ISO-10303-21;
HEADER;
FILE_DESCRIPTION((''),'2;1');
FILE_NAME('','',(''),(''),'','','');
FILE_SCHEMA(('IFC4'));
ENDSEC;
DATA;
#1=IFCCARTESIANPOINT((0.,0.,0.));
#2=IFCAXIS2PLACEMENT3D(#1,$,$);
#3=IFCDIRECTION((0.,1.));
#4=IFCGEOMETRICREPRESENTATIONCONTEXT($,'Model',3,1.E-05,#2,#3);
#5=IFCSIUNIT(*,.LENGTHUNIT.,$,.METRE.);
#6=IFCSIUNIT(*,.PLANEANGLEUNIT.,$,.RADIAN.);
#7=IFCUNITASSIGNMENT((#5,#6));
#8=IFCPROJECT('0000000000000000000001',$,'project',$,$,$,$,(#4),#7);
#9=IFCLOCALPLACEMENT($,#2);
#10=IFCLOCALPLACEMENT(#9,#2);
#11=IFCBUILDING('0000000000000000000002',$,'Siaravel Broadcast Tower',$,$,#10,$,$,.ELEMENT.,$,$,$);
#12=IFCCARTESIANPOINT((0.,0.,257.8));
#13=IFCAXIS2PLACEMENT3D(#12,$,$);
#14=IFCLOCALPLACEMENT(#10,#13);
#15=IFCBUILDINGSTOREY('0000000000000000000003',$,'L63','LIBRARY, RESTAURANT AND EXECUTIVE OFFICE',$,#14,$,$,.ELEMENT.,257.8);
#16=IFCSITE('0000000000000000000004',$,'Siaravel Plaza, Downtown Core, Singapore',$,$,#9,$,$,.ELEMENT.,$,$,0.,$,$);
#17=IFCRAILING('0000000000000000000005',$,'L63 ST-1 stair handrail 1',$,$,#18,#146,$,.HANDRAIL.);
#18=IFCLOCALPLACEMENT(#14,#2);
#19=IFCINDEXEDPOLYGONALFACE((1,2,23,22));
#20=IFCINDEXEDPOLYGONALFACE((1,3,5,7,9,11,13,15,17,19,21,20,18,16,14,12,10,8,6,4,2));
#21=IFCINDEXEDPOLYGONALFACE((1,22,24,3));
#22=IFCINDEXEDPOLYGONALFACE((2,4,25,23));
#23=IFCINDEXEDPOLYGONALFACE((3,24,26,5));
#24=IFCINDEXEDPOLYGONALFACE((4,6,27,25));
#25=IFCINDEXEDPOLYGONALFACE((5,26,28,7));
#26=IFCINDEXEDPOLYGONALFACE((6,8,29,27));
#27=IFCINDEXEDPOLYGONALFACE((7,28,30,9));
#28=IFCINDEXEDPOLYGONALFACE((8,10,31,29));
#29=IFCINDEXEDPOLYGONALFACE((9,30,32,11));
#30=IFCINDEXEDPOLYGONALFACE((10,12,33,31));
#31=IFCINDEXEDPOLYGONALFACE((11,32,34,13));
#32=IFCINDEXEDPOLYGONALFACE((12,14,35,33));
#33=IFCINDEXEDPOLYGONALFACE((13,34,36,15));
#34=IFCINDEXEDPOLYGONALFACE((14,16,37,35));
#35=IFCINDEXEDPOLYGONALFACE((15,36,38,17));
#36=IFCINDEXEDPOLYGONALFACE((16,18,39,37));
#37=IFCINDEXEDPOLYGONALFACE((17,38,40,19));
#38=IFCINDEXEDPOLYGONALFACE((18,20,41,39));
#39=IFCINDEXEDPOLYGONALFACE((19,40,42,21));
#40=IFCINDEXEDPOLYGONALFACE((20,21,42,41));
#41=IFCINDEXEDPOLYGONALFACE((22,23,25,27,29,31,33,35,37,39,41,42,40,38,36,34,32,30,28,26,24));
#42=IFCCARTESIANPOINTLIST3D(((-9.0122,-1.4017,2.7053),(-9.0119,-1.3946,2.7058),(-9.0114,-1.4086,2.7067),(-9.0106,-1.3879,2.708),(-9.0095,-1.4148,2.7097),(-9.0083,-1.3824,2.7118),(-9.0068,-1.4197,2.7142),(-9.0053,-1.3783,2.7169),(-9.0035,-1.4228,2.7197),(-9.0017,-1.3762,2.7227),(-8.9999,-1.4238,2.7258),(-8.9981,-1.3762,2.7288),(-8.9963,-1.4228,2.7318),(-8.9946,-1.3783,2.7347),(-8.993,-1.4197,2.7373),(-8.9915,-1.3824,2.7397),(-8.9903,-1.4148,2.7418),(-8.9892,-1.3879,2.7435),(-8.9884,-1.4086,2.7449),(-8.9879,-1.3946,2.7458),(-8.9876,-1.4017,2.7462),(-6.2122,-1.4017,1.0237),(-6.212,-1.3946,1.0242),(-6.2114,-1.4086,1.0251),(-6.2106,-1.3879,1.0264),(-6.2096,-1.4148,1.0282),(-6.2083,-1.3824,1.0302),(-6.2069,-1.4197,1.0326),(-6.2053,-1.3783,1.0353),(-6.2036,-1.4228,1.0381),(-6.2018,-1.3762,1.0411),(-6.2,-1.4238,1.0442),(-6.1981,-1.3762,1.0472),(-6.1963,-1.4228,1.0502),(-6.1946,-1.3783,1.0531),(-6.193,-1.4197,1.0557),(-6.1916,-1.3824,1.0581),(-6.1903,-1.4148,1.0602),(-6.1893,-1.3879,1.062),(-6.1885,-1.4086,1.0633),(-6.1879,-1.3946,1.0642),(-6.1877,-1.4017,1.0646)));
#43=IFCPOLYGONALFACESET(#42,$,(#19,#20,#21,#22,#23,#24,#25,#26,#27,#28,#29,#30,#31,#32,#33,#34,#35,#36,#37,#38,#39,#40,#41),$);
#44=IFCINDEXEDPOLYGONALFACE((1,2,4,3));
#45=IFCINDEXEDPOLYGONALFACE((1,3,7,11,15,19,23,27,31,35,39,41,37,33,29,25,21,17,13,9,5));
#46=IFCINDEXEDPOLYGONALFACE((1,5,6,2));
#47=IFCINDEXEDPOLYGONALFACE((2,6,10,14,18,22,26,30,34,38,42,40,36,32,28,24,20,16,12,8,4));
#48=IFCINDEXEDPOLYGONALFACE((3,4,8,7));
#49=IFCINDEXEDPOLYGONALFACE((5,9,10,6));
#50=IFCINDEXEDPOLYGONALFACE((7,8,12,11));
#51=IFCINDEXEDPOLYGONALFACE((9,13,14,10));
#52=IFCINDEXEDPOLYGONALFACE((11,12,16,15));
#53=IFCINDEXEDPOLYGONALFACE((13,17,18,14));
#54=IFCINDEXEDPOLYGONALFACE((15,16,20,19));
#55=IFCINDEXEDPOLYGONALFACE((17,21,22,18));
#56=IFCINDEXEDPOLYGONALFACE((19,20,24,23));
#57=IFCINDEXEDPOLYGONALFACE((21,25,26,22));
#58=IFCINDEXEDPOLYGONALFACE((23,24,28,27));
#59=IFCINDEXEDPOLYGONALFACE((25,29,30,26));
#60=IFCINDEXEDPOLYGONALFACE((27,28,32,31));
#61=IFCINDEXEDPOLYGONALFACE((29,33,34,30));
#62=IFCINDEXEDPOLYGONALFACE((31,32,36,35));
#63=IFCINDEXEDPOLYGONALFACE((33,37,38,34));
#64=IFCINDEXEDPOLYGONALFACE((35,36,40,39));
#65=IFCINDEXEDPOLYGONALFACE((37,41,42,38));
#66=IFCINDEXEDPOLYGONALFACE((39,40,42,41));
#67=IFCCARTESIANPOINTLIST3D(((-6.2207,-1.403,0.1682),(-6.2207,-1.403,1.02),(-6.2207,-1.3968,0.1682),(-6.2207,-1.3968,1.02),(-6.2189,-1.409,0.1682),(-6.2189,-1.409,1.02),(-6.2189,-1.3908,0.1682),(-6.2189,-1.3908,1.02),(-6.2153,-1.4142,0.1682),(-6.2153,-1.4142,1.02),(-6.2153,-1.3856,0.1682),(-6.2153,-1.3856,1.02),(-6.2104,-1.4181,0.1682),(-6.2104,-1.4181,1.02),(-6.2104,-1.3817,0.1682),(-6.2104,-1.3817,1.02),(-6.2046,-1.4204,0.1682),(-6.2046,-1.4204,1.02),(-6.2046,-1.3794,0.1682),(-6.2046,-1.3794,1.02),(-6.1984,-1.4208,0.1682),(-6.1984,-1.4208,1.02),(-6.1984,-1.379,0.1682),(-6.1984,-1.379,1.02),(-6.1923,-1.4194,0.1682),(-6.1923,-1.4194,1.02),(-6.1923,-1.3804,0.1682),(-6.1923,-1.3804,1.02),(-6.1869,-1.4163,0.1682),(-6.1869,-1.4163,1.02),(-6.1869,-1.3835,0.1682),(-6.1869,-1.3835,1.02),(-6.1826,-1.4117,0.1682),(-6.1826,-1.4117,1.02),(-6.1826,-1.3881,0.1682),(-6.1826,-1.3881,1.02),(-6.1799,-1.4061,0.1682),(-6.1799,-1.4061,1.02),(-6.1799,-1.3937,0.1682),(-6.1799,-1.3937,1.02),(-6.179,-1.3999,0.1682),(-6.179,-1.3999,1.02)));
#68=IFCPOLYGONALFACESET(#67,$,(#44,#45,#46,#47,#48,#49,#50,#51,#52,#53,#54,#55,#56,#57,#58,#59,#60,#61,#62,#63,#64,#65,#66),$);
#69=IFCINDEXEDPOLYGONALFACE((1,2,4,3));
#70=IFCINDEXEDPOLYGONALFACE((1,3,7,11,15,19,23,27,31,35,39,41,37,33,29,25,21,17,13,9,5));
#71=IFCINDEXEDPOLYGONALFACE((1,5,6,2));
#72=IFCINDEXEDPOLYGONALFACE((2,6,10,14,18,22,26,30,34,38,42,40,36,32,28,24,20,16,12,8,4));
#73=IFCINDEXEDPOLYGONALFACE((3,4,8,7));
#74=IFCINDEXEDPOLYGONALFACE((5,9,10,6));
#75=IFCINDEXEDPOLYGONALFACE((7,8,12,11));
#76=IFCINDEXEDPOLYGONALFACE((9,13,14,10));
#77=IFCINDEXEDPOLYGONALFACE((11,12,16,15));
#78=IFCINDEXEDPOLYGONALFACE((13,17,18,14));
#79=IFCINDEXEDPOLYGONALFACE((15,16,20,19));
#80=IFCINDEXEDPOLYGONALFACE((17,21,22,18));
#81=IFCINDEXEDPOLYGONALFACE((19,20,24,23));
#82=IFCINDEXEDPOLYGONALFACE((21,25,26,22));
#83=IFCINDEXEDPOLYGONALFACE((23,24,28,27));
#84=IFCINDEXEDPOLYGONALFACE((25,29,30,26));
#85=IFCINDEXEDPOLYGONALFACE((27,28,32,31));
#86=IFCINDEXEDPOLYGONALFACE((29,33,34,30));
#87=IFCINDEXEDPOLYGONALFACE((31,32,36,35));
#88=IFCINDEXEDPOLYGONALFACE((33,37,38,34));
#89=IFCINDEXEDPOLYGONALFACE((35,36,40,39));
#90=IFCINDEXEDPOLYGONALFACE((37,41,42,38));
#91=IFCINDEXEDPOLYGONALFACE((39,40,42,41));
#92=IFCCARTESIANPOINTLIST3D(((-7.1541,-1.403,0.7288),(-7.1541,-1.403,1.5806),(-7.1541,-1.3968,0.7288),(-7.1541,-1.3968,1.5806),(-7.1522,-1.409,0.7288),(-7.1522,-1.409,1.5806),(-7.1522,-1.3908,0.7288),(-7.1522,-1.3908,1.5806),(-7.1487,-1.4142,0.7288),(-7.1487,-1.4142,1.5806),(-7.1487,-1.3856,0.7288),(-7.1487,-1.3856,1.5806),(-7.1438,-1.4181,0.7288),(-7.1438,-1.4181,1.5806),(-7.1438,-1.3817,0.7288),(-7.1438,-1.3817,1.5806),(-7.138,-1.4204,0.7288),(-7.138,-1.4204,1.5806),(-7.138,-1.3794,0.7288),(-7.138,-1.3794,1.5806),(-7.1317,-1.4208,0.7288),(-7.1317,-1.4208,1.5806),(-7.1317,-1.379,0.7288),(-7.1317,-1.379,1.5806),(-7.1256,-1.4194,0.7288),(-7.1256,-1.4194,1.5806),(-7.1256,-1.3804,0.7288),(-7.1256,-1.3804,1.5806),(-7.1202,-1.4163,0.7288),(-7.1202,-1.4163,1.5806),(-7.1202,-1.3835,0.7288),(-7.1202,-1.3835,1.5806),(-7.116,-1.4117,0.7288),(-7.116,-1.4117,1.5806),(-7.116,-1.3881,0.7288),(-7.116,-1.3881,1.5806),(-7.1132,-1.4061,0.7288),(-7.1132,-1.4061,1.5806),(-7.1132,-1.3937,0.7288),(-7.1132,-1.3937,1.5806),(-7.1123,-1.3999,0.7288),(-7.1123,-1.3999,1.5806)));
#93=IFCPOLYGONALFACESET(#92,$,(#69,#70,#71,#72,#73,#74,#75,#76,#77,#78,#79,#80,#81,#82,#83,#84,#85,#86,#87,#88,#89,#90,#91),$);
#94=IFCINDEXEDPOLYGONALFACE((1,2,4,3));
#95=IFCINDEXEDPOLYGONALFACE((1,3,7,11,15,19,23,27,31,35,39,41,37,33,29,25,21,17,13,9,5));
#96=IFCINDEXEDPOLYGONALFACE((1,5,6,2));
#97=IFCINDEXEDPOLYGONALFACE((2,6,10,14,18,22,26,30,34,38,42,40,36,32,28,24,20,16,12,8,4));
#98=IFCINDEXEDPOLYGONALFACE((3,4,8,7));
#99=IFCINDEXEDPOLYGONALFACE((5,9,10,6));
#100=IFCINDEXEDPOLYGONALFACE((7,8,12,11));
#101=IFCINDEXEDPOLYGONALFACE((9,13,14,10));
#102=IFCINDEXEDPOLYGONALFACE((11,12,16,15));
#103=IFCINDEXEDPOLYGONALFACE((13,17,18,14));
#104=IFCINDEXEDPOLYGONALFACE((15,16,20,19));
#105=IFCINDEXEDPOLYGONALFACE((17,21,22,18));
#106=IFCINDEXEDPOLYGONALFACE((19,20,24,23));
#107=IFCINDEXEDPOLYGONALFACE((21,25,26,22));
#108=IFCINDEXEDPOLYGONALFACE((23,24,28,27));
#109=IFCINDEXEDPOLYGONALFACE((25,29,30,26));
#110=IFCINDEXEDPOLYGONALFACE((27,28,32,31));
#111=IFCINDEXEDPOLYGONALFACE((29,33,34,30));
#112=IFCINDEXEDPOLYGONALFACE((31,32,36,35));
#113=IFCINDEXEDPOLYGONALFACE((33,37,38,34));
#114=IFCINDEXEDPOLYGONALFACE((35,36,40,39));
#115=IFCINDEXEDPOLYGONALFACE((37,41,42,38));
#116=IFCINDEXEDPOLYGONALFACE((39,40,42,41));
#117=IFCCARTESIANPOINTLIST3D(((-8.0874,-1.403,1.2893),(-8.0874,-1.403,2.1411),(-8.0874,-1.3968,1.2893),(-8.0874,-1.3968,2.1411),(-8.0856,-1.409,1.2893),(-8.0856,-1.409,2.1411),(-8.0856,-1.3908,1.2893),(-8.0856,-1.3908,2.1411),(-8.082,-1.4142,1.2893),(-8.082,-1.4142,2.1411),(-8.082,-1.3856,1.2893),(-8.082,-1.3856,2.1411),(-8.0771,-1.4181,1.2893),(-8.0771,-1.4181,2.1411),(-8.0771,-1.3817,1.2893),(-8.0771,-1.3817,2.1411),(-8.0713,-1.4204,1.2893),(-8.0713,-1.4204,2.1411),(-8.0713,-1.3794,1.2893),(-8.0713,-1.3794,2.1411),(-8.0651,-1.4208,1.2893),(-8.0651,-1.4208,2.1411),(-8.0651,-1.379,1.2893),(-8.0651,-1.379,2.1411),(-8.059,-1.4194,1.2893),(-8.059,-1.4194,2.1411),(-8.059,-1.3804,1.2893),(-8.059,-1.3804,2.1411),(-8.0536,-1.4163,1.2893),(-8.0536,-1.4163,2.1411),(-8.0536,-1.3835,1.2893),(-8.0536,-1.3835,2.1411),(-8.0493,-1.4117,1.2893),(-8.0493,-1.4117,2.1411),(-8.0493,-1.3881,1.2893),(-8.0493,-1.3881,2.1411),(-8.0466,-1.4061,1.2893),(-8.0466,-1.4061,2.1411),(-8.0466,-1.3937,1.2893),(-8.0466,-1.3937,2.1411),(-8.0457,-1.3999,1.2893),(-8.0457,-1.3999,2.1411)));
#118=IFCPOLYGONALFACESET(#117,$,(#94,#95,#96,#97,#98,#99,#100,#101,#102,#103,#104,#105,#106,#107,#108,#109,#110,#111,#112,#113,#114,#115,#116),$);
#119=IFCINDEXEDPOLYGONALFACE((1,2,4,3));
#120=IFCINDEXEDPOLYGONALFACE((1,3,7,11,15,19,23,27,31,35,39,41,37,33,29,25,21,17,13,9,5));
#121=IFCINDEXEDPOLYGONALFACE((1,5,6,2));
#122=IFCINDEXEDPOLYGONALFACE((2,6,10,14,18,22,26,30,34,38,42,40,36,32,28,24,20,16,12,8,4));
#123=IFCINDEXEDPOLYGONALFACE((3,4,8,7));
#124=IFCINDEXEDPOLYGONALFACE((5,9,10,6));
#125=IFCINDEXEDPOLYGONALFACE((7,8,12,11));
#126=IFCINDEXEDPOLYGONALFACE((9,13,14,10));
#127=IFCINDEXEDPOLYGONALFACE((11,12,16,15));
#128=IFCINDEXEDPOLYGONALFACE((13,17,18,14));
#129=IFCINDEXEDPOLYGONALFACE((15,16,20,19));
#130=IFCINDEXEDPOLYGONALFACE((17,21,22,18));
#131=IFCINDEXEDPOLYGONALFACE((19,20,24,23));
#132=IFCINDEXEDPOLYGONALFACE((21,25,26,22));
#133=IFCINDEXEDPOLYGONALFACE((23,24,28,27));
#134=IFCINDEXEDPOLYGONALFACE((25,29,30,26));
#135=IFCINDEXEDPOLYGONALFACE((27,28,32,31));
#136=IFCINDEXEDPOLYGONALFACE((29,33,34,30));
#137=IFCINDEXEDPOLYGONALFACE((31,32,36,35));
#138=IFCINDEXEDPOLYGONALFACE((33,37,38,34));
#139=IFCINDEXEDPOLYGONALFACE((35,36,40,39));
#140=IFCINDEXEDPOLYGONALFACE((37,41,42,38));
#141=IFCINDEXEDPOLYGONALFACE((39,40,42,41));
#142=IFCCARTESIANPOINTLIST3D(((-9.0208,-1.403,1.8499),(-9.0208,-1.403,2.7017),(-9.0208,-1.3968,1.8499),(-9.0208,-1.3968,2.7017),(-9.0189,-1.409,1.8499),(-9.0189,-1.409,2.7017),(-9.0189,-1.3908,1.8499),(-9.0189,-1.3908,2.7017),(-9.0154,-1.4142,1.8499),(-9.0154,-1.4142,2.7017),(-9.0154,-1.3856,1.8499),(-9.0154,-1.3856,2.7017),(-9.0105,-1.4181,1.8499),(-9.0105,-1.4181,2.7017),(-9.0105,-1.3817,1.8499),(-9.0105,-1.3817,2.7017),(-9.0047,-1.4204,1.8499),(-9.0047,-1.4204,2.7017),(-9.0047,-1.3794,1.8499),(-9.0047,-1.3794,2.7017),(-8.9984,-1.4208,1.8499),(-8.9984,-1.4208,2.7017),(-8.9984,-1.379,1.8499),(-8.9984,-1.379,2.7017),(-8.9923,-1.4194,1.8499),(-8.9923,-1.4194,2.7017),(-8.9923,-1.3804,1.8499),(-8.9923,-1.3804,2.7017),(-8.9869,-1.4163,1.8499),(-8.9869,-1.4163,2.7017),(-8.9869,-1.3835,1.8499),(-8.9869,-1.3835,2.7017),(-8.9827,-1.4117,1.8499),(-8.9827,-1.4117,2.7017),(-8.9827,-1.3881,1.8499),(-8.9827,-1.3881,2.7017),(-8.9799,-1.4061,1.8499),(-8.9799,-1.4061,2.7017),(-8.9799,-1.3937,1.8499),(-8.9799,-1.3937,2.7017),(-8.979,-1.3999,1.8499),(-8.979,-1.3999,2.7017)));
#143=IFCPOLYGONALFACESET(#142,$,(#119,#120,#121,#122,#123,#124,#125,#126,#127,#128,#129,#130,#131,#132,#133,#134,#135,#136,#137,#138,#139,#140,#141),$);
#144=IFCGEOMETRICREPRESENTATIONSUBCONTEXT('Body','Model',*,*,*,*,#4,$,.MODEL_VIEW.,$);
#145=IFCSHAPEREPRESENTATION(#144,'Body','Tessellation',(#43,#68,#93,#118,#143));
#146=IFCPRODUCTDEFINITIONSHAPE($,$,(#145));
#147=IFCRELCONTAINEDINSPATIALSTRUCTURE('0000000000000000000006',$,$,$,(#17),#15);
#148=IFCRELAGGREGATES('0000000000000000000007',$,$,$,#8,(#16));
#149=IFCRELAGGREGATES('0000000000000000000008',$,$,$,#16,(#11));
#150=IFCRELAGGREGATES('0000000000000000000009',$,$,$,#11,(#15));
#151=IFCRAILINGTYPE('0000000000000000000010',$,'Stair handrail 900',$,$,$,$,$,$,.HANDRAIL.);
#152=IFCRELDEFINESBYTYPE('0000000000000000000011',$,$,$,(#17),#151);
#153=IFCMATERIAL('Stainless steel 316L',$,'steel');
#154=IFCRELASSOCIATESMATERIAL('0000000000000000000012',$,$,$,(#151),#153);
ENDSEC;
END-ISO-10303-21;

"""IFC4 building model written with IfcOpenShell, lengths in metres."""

from ifc_helpers import new_model, si_unit, direction, frame, origin, origin_2d, place, context, subcontext, project, spatial, circle, extrude, material, type_object, element, save


model = new_model("IFC4")

# Units and contexts
model_context = context("Model", 3, precision=1e-05, world=origin(), true_north=direction((0.0, 1.0)))
body_context = subcontext(model_context, "Body", "Model", "MODEL_VIEW")
ifc_project = project(units=[si_unit("LENGTHUNIT", "METRE"), si_unit("PLANEANGLEUNIT", "RADIAN")], contexts=[model_context])

# Site, building, storey
site_placement = place(None, origin())
site = spatial("IfcSite", under=ifc_project, at=site_placement, Name="Siaravel Plaza, Downtown Core, Singapore", CompositionType="ELEMENT", RefElevation=0.0)
building_placement = place(site_placement, origin())
building = spatial("IfcBuilding", under=site, at=building_placement, Name="Siaravel Broadcast Tower", CompositionType="ELEMENT")
storey_placement = place(building_placement, frame((0.0, 0.0, 257.8)))
storey = spatial("IfcBuildingStorey", under=building, at=storey_placement, Name="L63", Description="LIBRARY, RESTAURANT AND EXECUTIVE OFFICE", CompositionType="ELEMENT", Elevation=257.8)

# Shared definitions
ifc_material_1 = material(Name="Stainless steel 316L", Category="steel")

# Railing
railing_type_1 = type_object("IfcRailingType", Name="Stair handrail 900", PredefinedType="HANDRAIL", material=ifc_material_1)
railing_1_placement = place(storey_placement, frame((-6.2, -1.3999, 0.1682)))
element("IfcRailing", 1, at=railing_1_placement, inside=storey, type_object=railing_type_1, Name="L63 ST-1 stair handrail 1", PredefinedType="HANDRAIL", context=body_context, shape_type="SweptSolid", body=[
    extrude(circle(Radius=0.0239, at=origin_2d()), frame((0.0, 0.0, 0.876), z_axis=(-0.857275, 0.0, 0.514858), x_axis=(0.0, -1.0, 0.0)), (0.0, 0.0, 1.0), 3.2661),
    extrude(circle(Radius=0.021, at=origin_2d()), origin(), (0.0, 0.0, 1.0), 0.8518),
    extrude(circle(Radius=0.021, at=origin_2d()), frame((-0.9333, 0.0, 0.5605)), (0.0, 0.0, 1.0), 0.8518),
    extrude(circle(Radius=0.021, at=origin_2d()), frame((-1.8667, 0.0, 1.1211)), (0.0, 0.0, 1.0), 0.8518),
    extrude(circle(Radius=0.021, at=origin_2d()), frame((-2.8, 0.0, 1.6816)), (0.0, 0.0, 1.0), 0.8518),
])

save(model, "model.ifc")
